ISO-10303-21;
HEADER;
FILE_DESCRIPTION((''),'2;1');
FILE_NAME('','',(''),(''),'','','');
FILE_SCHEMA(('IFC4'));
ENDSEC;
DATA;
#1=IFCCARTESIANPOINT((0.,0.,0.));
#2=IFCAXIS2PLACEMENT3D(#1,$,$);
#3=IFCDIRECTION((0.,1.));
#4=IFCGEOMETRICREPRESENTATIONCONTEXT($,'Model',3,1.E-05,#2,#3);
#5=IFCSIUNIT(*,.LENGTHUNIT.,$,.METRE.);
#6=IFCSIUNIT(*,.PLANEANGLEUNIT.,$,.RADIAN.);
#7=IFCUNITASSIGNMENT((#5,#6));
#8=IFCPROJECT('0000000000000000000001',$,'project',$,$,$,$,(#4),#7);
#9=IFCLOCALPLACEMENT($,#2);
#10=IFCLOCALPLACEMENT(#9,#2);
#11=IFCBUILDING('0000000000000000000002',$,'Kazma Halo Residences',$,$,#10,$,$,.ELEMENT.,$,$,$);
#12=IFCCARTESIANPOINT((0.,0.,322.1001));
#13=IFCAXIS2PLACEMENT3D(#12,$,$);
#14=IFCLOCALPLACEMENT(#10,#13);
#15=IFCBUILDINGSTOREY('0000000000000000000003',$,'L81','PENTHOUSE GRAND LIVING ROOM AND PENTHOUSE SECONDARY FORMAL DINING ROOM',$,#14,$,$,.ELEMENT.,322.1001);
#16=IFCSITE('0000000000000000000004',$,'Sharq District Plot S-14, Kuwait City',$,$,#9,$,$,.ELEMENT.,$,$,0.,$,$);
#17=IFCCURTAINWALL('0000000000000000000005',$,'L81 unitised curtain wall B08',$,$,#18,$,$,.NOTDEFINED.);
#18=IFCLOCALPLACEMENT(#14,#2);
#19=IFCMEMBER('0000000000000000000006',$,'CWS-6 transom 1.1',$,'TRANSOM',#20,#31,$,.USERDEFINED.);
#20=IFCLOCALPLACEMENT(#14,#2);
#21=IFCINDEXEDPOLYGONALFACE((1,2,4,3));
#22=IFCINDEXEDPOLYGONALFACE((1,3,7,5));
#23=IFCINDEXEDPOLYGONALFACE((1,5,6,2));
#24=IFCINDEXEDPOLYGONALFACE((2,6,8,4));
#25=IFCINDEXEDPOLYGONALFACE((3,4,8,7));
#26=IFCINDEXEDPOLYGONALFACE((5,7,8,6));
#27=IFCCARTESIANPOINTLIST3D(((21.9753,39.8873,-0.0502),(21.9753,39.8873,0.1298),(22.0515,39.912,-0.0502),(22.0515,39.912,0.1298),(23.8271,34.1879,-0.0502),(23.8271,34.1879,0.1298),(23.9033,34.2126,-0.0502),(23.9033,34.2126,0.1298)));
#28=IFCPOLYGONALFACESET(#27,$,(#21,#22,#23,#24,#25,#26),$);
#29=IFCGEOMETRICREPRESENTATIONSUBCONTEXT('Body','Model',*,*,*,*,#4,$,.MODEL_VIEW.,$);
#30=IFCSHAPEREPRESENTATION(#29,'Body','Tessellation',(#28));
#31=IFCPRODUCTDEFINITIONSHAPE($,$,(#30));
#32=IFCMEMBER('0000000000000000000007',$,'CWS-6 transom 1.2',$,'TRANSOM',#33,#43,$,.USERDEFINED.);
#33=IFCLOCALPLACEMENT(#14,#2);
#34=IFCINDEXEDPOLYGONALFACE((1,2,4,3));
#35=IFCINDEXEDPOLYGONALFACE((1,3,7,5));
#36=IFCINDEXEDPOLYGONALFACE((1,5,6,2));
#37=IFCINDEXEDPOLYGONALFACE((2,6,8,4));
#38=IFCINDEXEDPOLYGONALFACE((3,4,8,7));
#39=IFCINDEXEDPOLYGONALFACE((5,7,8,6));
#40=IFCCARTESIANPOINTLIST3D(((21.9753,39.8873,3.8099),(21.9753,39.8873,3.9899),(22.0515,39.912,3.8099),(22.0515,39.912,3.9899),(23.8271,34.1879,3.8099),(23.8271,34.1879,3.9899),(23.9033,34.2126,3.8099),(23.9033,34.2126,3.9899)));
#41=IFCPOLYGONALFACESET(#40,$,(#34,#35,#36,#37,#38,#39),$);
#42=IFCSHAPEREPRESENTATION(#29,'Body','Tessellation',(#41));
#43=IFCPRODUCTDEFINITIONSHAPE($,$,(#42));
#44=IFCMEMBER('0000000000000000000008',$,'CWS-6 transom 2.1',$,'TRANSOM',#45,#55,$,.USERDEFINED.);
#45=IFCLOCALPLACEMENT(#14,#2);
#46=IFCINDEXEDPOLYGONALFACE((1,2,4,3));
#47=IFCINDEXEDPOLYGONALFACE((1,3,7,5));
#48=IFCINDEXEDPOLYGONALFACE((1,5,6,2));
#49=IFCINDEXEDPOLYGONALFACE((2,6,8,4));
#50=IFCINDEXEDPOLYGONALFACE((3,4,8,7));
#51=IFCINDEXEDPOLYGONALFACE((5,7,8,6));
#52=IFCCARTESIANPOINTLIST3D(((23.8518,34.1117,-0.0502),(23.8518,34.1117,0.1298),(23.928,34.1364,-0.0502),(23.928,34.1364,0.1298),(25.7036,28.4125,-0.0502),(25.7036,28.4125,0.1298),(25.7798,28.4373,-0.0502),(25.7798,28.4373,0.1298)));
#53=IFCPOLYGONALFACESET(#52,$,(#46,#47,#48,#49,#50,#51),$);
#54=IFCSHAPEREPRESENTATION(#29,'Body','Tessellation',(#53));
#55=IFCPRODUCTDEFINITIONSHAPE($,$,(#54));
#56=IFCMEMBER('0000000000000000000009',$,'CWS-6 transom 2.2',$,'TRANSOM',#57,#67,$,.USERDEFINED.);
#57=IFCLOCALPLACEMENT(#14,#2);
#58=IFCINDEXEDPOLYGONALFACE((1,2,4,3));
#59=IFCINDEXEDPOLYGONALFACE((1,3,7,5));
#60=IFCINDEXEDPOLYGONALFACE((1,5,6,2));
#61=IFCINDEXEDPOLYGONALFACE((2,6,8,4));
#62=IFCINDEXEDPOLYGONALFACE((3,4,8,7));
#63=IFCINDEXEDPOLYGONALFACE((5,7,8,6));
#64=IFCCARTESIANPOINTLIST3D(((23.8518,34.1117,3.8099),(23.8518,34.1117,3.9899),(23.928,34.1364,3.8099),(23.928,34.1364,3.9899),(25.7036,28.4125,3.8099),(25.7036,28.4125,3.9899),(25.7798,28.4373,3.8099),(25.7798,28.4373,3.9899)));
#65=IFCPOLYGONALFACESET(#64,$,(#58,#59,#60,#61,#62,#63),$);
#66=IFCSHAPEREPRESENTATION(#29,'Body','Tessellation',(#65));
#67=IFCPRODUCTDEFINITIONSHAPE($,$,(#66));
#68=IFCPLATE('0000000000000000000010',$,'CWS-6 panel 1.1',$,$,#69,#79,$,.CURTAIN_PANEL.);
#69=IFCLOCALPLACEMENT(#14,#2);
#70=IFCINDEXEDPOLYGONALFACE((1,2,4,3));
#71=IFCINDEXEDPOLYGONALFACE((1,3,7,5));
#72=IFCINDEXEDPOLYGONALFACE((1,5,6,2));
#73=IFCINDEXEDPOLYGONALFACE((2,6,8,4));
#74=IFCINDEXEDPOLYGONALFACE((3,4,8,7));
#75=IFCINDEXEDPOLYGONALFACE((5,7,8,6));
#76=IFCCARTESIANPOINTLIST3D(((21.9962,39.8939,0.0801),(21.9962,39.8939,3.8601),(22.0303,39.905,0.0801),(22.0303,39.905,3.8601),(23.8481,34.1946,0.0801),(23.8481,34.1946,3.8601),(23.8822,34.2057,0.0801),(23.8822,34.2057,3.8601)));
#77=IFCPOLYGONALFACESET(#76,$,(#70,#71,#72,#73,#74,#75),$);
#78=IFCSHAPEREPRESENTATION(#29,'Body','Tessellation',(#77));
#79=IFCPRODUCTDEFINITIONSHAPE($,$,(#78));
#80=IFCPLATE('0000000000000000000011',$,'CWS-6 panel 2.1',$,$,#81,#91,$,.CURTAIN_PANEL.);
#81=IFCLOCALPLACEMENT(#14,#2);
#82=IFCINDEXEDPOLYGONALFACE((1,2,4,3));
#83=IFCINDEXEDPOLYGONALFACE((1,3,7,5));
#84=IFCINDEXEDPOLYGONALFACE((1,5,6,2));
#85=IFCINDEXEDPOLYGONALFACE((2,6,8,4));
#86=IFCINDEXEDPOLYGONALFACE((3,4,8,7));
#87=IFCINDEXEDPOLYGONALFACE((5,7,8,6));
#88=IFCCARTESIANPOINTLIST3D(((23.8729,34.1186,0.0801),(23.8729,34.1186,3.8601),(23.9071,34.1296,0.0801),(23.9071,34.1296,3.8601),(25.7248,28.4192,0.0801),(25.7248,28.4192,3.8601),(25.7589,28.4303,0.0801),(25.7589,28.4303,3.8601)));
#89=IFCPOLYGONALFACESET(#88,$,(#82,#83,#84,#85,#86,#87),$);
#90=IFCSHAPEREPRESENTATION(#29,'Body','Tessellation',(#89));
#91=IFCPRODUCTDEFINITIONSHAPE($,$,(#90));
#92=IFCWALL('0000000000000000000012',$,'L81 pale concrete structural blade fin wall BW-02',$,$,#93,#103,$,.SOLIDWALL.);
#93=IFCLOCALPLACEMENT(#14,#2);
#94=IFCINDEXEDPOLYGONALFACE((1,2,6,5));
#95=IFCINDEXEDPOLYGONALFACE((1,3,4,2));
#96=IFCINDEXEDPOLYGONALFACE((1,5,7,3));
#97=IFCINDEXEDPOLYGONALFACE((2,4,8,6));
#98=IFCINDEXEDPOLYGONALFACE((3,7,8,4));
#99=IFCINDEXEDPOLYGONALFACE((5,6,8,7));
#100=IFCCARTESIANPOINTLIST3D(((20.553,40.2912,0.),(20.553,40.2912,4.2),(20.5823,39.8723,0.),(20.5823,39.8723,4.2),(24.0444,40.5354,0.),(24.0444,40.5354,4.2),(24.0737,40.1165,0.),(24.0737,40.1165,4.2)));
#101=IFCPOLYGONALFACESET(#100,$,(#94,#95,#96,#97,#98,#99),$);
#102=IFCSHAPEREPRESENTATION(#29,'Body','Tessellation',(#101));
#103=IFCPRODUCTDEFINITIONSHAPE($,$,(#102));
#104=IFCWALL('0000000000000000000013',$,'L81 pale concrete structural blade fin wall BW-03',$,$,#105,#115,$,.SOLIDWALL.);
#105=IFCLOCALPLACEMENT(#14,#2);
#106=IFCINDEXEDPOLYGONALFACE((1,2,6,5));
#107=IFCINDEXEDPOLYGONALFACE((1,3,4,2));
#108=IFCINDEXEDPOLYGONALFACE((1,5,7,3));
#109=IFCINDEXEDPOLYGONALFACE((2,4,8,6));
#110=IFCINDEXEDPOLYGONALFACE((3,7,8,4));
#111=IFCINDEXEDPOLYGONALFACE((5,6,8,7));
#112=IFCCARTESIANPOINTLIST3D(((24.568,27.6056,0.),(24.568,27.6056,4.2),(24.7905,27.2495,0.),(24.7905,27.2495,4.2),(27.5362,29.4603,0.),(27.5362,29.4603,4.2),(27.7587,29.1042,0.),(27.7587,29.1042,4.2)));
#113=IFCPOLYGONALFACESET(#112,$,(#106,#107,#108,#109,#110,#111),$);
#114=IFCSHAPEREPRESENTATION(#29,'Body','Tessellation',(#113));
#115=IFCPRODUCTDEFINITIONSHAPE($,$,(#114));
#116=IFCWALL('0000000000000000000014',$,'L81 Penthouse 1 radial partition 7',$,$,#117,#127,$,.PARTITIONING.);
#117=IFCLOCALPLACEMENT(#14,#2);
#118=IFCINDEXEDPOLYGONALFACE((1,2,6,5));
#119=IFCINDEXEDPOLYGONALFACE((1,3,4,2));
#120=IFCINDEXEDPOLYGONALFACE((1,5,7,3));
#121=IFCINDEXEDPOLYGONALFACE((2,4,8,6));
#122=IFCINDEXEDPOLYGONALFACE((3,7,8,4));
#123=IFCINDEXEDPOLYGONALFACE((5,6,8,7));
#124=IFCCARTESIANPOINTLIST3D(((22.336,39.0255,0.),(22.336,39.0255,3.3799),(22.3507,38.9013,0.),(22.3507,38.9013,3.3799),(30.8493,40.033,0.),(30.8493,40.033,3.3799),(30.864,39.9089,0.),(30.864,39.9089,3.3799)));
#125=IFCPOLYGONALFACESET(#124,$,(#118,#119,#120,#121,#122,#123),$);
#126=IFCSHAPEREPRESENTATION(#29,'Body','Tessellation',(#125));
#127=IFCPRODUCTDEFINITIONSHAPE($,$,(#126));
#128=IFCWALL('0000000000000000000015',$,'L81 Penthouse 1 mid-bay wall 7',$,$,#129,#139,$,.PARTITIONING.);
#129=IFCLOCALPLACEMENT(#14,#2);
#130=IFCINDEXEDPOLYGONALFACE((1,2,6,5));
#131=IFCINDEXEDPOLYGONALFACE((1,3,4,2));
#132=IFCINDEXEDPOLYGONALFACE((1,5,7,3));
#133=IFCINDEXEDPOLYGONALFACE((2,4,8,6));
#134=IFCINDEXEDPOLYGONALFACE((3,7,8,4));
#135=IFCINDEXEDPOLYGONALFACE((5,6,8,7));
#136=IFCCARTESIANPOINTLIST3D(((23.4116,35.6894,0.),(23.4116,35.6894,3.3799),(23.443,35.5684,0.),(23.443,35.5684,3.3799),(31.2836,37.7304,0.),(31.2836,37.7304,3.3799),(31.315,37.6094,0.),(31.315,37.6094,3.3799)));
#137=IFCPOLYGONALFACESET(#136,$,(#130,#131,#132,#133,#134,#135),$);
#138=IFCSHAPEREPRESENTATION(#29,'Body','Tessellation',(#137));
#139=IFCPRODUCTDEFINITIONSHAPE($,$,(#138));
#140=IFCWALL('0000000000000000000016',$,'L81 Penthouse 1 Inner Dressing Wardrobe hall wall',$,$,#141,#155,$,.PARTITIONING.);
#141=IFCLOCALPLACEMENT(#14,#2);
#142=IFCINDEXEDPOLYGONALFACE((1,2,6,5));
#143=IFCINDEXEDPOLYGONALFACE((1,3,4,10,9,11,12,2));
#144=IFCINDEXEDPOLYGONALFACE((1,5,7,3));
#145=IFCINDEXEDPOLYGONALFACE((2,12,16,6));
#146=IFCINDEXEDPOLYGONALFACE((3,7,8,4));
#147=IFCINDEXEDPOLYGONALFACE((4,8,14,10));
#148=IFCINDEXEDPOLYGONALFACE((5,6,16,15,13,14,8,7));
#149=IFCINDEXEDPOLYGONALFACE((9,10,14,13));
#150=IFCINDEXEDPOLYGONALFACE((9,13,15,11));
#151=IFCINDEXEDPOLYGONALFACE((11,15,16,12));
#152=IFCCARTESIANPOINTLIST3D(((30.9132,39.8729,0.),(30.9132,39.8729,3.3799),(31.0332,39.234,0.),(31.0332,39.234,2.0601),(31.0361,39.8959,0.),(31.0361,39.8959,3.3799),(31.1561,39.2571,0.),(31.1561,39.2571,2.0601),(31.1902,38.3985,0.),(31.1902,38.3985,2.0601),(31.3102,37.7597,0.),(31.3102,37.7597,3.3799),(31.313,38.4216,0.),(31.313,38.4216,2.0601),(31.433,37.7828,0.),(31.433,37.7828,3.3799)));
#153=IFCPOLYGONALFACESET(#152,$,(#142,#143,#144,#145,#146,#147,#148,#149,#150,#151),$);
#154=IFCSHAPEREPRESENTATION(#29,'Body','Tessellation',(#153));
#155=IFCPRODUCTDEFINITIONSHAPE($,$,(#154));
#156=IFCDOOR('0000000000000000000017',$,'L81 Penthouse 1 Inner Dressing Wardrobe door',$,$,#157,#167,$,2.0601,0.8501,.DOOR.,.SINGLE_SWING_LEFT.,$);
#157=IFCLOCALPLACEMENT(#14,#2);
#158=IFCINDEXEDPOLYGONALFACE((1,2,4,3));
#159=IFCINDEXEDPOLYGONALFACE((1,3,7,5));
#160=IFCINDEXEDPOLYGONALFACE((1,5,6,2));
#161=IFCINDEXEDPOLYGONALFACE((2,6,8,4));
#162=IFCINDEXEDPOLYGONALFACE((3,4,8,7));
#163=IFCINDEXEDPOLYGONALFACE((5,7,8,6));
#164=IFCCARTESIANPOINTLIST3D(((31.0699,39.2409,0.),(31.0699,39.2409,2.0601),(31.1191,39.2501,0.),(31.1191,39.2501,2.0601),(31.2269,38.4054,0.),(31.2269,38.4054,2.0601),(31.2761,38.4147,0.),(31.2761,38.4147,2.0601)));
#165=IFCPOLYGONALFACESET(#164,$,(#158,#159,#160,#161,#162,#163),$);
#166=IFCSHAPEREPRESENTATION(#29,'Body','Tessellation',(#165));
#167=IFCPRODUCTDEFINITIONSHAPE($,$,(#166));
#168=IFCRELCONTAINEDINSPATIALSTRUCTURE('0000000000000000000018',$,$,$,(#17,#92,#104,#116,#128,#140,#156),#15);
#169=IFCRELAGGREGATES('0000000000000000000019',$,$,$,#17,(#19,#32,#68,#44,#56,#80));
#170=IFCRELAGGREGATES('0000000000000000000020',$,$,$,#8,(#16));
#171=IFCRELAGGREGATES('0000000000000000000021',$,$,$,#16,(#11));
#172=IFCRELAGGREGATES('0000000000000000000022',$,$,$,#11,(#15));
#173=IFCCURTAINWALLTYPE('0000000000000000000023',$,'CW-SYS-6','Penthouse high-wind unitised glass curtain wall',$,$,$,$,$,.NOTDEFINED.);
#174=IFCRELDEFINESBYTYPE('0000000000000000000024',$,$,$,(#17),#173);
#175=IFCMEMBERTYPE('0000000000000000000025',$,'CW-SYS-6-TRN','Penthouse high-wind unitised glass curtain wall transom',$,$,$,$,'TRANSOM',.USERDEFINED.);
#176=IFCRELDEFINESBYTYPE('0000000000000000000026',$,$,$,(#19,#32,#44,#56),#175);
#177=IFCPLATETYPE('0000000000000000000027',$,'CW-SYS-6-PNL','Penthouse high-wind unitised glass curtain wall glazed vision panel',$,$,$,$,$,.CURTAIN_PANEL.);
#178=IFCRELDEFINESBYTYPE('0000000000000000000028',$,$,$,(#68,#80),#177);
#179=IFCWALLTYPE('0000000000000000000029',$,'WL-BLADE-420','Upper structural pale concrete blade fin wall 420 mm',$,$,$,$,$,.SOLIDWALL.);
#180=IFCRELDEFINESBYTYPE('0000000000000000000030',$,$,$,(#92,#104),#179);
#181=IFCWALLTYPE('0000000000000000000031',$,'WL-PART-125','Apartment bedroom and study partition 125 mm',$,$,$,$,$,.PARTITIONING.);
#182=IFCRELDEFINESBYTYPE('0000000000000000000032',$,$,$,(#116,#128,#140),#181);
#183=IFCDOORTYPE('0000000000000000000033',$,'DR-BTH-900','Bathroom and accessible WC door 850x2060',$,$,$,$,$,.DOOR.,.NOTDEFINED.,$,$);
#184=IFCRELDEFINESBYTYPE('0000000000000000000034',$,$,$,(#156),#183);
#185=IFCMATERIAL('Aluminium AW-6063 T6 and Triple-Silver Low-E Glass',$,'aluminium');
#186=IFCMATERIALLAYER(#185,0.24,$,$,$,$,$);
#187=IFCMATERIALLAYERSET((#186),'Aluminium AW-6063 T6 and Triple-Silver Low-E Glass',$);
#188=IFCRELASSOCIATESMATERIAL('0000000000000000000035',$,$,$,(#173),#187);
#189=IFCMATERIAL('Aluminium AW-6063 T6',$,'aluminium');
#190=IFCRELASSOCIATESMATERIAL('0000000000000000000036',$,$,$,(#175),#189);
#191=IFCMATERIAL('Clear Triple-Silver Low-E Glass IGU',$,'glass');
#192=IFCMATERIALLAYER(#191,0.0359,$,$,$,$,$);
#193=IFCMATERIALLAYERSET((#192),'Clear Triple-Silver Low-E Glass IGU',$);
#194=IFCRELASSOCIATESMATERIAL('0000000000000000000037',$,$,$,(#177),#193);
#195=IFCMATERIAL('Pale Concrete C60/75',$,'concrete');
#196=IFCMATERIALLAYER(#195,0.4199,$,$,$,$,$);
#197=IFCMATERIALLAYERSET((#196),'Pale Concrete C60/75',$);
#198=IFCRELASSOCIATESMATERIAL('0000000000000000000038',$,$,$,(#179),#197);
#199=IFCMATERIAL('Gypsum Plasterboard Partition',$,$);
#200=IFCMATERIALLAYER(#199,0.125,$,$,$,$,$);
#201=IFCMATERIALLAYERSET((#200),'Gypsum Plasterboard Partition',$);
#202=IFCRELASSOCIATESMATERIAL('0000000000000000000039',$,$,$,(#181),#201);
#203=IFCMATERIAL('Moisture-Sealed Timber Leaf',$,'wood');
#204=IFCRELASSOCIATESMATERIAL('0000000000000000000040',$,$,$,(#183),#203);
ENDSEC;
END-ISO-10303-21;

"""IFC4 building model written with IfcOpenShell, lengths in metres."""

from ifc_helpers import new_model, si_unit, direction, frame, frame_2d, origin, origin_2d, place, context, subcontext, project, spatial, rectangle, extrude, material, layer, layer_set, material_profile, profile_set, type_object, element, fill, aggregate, save


model = new_model("IFC4")

# Units and contexts
model_context = context("Model", 3, precision=1e-05, world=origin(), true_north=direction((0.0, 1.0)))
body_context = subcontext(model_context, "Body", "Model", "MODEL_VIEW")
ifc_project = project(units=[si_unit("LENGTHUNIT", "METRE"), si_unit("PLANEANGLEUNIT", "RADIAN")], contexts=[model_context])

# Site, building, storey
site_placement = place(None, origin())
site = spatial("IfcSite", under=ifc_project, at=site_placement, Name="Sharq District Plot S-14, Kuwait City", CompositionType="ELEMENT", RefElevation=0.0)
building_placement = place(site_placement, origin())
building = spatial("IfcBuilding", under=site, at=building_placement, Name="Kazma Halo Residences", CompositionType="ELEMENT")
storey_placement = place(building_placement, frame((0.0, 0.0, 322.1001)))
storey = spatial("IfcBuildingStorey", under=building, at=storey_placement, Name="L81", Description="PENTHOUSE GRAND LIVING ROOM AND PENTHOUSE SECONDARY FORMAL DINING ROOM", CompositionType="ELEMENT", Elevation=322.1001)

# Shared definitions
ifc_material_1 = material(Name="Aluminium AW-6063 T6 and Triple-Silver Low-E Glass", Category="aluminium")
ifc_layer_1 = layer(ifc_material_1, 0.24)
ifc_layer_set_1 = layer_set([ifc_layer_1], Name="Aluminium AW-6063 T6 and Triple-Silver Low-E Glass")
curtain_wall_type = type_object("IfcCurtainWallType", Name="CW-SYS-6", Description="Penthouse high-wind unitised glass curtain wall", PredefinedType="NOTDEFINED", material=ifc_layer_set_1)
ifc_material_2 = material(Name="Aluminium AW-6063 T6", Category="aluminium")

# Curtain wall, members, plates
curtain_wall_1_placement = place(storey_placement, origin())
curtain_wall_1 = element("IfcCurtainWall", 1, at=curtain_wall_1_placement, inside=storey, type_object=curtain_wall_type, Name="L81 unitised curtain wall B08", PredefinedType="NOTDEFINED")
ifc_material_profile_1 = material_profile(ifc_material_2, rectangle(XDim=0.0801, YDim=0.1799, at=origin_2d()), Name="CWT-80x180")
ifc_profile_set_1 = profile_set([ifc_material_profile_1], Name="Aluminium AW-6063 T6")
member_type_1 = type_object("IfcMemberType", Name="CW-SYS-6-TRN", Description="Penthouse high-wind unitised glass curtain wall transom", ElementType="TRANSOM", PredefinedType="USERDEFINED", material=ifc_profile_set_1)
member_1_placement = place(storey_placement, frame((22.0134, 39.8997, 0.0398), z_axis=(0.309008, -0.95106, 0.0), x_axis=(0.95106, 0.309008, 0.0)))
member_1 = element("IfcMember", 2, at=member_1_placement, type_object=member_type_1, Name="CWS-6 transom 1.1", ObjectType="TRANSOM", PredefinedType="USERDEFINED", context=body_context, shape_type="SweptSolid", body=[
    extrude(rectangle(XDim=0.0801, YDim=0.1799, at=origin_2d()), origin(), (0.0, 0.0, 1.0), 5.9927),
])
member_2_placement = place(storey_placement, frame((22.0134, 39.8997, 3.8999), z_axis=(0.309008, -0.95106, 0.0), x_axis=(0.95106, 0.309008, 0.0)))
member_2 = element("IfcMember", 3, at=member_2_placement, type_object=member_type_1, Name="CWS-6 transom 1.2", ObjectType="TRANSOM", PredefinedType="USERDEFINED", context=body_context, shape_type="SweptSolid", body=[
    extrude(rectangle(XDim=0.0801, YDim=0.1799, at=origin_2d()), origin(), (0.0, 0.0, 1.0), 5.9927),
])
member_3_placement = place(storey_placement, frame((23.8899, 34.124, 0.0398), z_axis=(0.30902, -0.951056, 0.0), x_axis=(0.951056, 0.30902, 0.0)))
member_3 = element("IfcMember", 4, at=member_3_placement, type_object=member_type_1, Name="CWS-6 transom 2.1", ObjectType="TRANSOM", PredefinedType="USERDEFINED", context=body_context, shape_type="SweptSolid", body=[
    extrude(rectangle(XDim=0.0801, YDim=0.1799, at=origin_2d()), origin(), (0.0, 0.0, 1.0), 5.9924),
])
member_4_placement = place(storey_placement, frame((23.8899, 34.124, 3.8999), z_axis=(0.30902, -0.951056, 0.0), x_axis=(0.951056, 0.30902, 0.0)))
member_4 = element("IfcMember", 5, at=member_4_placement, type_object=member_type_1, Name="CWS-6 transom 2.2", ObjectType="TRANSOM", PredefinedType="USERDEFINED", context=body_context, shape_type="SweptSolid", body=[
    extrude(rectangle(XDim=0.0801, YDim=0.1799, at=origin_2d()), origin(), (0.0, 0.0, 1.0), 5.9924),
])
ifc_material_3 = material(Name="Clear Triple-Silver Low-E Glass IGU", Category="glass")
ifc_layer_2 = layer(ifc_material_3, 0.0359)
ifc_layer_set_2 = layer_set([ifc_layer_2], Name="Clear Triple-Silver Low-E Glass IGU")
plate_type = type_object("IfcPlateType", Name="CW-SYS-6-PNL", Description="Penthouse high-wind unitised glass curtain wall glazed vision panel", PredefinedType="CURTAIN_PANEL", material=ifc_layer_set_2)
plate_1_placement = place(storey_placement, frame((22.9392, 37.0498, 0.0801), z_axis=(0.0, 0.0, 1.0), x_axis=(0.309019, -0.951056, 0.0)))
plate_1 = element("IfcPlate", 6, at=plate_1_placement, type_object=plate_type, Name="CWS-6 panel 1.1", PredefinedType="CURTAIN_PANEL", context=body_context, shape_type="SweptSolid", body=[
    extrude(rectangle(XDim=5.9927, YDim=0.0359, at=origin_2d()), origin(), (0.0, 0.0, 1.0), 3.78),
])
plate_2_placement = place(storey_placement, frame((24.8159, 31.2744, 0.0801), z_axis=(0.0, 0.0, 1.0), x_axis=(0.309019, -0.951056, 0.0)))
plate_2 = element("IfcPlate", 7, at=plate_2_placement, type_object=plate_type, Name="CWS-6 panel 2.1", PredefinedType="CURTAIN_PANEL", context=body_context, shape_type="SweptSolid", body=[
    extrude(rectangle(XDim=5.9927, YDim=0.0359, at=origin_2d()), origin(), (0.0, 0.0, 1.0), 3.78),
])
aggregate(curtain_wall_1, [member_1, member_2, plate_1, member_3, member_4, plate_2])

# Walls
ifc_material_4 = material(Name="Pale Concrete C60/75", Category="concrete")
ifc_layer_3 = layer(ifc_material_4, 0.4199)
ifc_layer_set_3 = layer_set([ifc_layer_3], Name="Pale Concrete C60/75")
wall_type_1 = type_object("IfcWallType", Name="WL-BLADE-420", Description="Upper structural pale concrete blade fin wall 420 mm", PredefinedType="SOLIDWALL", material=ifc_layer_set_3)
for number, where, z_axis, x_axis, name in (
    (8, (24.0591, 40.3259, 0.0), (0.0, 0.0, 1.0), (-0.997564, -0.069755, 0.0), "L81 pale concrete structural blade fin wall BW-02"),
    (9, (27.6475, 29.2822, 0.0), (0.0, 0.0, 1.0), (-0.848053, -0.529911, 0.0), "L81 pale concrete structural blade fin wall BW-03"),
):
    element("IfcWall", number, at=place(storey_placement, frame(where, z_axis=z_axis, x_axis=x_axis)), inside=storey, type_object=wall_type_1, Name=name, PredefinedType="SOLIDWALL", context=body_context, shape_type="SweptSolid", body=[
        extrude(rectangle(XDim=3.5, YDim=0.4199, at=frame_2d((1.75, 0.0))), origin(), (0.0, 0.0, 1.0), 4.2),
    ])
ifc_material_5 = material(Name="Gypsum Plasterboard Partition")
ifc_layer_4 = layer(ifc_material_5, 0.125)
ifc_layer_set_4 = layer_set([ifc_layer_4], Name="Gypsum Plasterboard Partition")
wall_type_2 = type_object("IfcWallType", Name="WL-PART-125", Description="Apartment bedroom and study partition 125 mm", PredefinedType="PARTITIONING", material=ifc_layer_set_4)
wall_1_placement = place(storey_placement, frame((30.8567, 39.9709, 0.0), z_axis=(0.0, 0.0, 1.0), x_axis=(-0.993069, -0.11753, 0.0)))
element("IfcWall", 10, at=wall_1_placement, inside=storey, type_object=wall_type_2, Name="L81 Penthouse 1 radial partition 7", PredefinedType="PARTITIONING", context=body_context, shape_type="SweptSolid", body=[
    extrude(rectangle(XDim=8.5728, YDim=0.125, at=frame_2d((4.2864, 0.0))), origin(), (0.0, 0.0, 1.0), 3.3799),
])
wall_2_placement = place(storey_placement, frame((31.2993, 37.6699, 0.0), z_axis=(0.0, 0.0, 1.0), x_axis=(-0.967994, -0.250975, 0.0)))
element("IfcWall", 11, at=wall_2_placement, inside=storey, type_object=wall_type_2, Name="L81 Penthouse 1 mid-bay wall 7", PredefinedType="PARTITIONING", context=body_context, shape_type="SweptSolid", body=[
    extrude(rectangle(XDim=8.1323, YDim=0.125, at=frame_2d((4.0662, 0.0))), origin(), (0.0, 0.0, 1.0), 3.3799),
])

# Wall, opening, door
wall_3_placement = place(storey_placement, frame((30.9746, 39.8845, 0.0), z_axis=(0.0, 0.0, 1.0), x_axis=(0.184618, -0.98281, 0.0)))
wall_3 = element("IfcWall", 12, at=wall_3_placement, inside=storey, type_object=wall_type_2, Name="L81 Penthouse 1 Inner Dressing Wardrobe hall wall", PredefinedType="PARTITIONING", context=body_context, shape_type="SweptSolid", body=[
    extrude(rectangle(XDim=2.1501, YDim=0.125, at=frame_2d((1.0752, 0.0))), origin(), (0.0, 0.0, 1.0), 3.3799),
])
opening_1_placement = place(wall_3_placement, frame((0.6501, 0.0, 0.0)))
opening_1 = element("IfcOpeningElement", 13, at=opening_1_placement, cuts=wall_3, PredefinedType="OPENING", context=body_context, shape_type="SweptSolid", body=[
    extrude(rectangle(XDim=0.8501, YDim=2.0601, at=frame_2d((0.425, 1.03))), frame((0.0, 0.0725, 0.0), z_axis=(0.0, -1.0, 0.0), x_axis=(1.0, 0.0, 0.0)), (0.0, 0.0, 1.0), 0.145),
])
ifc_material_6 = material(Name="Moisture-Sealed Timber Leaf", Category="wood")
door_type_1 = type_object("IfcDoorType", Name="DR-BTH-900", Description="Bathroom and accessible WC door 850x2060", OperationType="NOTDEFINED", PredefinedType="DOOR", material=ifc_material_6)
door_1_placement = place(opening_1_placement, origin())
door_1 = element("IfcDoor", 14, at=door_1_placement, inside=storey, type_object=door_type_1, Name="L81 Penthouse 1 Inner Dressing Wardrobe door", OperationType="SINGLE_SWING_LEFT", OverallHeight=2.0601, OverallWidth=0.8501, PredefinedType="DOOR", context=body_context, shape_type="SweptSolid", body=[
    extrude(rectangle(XDim=0.8501, YDim=2.0601, at=frame_2d((0.425, 1.03))), frame((0.0, 0.0249, 0.0), z_axis=(0.0, -1.0, 0.0), x_axis=(1.0, 0.0, 0.0)), (0.0, 0.0, 1.0), 0.05),
])
fill(opening_1, door_1)

save(model, "model.ifc")
